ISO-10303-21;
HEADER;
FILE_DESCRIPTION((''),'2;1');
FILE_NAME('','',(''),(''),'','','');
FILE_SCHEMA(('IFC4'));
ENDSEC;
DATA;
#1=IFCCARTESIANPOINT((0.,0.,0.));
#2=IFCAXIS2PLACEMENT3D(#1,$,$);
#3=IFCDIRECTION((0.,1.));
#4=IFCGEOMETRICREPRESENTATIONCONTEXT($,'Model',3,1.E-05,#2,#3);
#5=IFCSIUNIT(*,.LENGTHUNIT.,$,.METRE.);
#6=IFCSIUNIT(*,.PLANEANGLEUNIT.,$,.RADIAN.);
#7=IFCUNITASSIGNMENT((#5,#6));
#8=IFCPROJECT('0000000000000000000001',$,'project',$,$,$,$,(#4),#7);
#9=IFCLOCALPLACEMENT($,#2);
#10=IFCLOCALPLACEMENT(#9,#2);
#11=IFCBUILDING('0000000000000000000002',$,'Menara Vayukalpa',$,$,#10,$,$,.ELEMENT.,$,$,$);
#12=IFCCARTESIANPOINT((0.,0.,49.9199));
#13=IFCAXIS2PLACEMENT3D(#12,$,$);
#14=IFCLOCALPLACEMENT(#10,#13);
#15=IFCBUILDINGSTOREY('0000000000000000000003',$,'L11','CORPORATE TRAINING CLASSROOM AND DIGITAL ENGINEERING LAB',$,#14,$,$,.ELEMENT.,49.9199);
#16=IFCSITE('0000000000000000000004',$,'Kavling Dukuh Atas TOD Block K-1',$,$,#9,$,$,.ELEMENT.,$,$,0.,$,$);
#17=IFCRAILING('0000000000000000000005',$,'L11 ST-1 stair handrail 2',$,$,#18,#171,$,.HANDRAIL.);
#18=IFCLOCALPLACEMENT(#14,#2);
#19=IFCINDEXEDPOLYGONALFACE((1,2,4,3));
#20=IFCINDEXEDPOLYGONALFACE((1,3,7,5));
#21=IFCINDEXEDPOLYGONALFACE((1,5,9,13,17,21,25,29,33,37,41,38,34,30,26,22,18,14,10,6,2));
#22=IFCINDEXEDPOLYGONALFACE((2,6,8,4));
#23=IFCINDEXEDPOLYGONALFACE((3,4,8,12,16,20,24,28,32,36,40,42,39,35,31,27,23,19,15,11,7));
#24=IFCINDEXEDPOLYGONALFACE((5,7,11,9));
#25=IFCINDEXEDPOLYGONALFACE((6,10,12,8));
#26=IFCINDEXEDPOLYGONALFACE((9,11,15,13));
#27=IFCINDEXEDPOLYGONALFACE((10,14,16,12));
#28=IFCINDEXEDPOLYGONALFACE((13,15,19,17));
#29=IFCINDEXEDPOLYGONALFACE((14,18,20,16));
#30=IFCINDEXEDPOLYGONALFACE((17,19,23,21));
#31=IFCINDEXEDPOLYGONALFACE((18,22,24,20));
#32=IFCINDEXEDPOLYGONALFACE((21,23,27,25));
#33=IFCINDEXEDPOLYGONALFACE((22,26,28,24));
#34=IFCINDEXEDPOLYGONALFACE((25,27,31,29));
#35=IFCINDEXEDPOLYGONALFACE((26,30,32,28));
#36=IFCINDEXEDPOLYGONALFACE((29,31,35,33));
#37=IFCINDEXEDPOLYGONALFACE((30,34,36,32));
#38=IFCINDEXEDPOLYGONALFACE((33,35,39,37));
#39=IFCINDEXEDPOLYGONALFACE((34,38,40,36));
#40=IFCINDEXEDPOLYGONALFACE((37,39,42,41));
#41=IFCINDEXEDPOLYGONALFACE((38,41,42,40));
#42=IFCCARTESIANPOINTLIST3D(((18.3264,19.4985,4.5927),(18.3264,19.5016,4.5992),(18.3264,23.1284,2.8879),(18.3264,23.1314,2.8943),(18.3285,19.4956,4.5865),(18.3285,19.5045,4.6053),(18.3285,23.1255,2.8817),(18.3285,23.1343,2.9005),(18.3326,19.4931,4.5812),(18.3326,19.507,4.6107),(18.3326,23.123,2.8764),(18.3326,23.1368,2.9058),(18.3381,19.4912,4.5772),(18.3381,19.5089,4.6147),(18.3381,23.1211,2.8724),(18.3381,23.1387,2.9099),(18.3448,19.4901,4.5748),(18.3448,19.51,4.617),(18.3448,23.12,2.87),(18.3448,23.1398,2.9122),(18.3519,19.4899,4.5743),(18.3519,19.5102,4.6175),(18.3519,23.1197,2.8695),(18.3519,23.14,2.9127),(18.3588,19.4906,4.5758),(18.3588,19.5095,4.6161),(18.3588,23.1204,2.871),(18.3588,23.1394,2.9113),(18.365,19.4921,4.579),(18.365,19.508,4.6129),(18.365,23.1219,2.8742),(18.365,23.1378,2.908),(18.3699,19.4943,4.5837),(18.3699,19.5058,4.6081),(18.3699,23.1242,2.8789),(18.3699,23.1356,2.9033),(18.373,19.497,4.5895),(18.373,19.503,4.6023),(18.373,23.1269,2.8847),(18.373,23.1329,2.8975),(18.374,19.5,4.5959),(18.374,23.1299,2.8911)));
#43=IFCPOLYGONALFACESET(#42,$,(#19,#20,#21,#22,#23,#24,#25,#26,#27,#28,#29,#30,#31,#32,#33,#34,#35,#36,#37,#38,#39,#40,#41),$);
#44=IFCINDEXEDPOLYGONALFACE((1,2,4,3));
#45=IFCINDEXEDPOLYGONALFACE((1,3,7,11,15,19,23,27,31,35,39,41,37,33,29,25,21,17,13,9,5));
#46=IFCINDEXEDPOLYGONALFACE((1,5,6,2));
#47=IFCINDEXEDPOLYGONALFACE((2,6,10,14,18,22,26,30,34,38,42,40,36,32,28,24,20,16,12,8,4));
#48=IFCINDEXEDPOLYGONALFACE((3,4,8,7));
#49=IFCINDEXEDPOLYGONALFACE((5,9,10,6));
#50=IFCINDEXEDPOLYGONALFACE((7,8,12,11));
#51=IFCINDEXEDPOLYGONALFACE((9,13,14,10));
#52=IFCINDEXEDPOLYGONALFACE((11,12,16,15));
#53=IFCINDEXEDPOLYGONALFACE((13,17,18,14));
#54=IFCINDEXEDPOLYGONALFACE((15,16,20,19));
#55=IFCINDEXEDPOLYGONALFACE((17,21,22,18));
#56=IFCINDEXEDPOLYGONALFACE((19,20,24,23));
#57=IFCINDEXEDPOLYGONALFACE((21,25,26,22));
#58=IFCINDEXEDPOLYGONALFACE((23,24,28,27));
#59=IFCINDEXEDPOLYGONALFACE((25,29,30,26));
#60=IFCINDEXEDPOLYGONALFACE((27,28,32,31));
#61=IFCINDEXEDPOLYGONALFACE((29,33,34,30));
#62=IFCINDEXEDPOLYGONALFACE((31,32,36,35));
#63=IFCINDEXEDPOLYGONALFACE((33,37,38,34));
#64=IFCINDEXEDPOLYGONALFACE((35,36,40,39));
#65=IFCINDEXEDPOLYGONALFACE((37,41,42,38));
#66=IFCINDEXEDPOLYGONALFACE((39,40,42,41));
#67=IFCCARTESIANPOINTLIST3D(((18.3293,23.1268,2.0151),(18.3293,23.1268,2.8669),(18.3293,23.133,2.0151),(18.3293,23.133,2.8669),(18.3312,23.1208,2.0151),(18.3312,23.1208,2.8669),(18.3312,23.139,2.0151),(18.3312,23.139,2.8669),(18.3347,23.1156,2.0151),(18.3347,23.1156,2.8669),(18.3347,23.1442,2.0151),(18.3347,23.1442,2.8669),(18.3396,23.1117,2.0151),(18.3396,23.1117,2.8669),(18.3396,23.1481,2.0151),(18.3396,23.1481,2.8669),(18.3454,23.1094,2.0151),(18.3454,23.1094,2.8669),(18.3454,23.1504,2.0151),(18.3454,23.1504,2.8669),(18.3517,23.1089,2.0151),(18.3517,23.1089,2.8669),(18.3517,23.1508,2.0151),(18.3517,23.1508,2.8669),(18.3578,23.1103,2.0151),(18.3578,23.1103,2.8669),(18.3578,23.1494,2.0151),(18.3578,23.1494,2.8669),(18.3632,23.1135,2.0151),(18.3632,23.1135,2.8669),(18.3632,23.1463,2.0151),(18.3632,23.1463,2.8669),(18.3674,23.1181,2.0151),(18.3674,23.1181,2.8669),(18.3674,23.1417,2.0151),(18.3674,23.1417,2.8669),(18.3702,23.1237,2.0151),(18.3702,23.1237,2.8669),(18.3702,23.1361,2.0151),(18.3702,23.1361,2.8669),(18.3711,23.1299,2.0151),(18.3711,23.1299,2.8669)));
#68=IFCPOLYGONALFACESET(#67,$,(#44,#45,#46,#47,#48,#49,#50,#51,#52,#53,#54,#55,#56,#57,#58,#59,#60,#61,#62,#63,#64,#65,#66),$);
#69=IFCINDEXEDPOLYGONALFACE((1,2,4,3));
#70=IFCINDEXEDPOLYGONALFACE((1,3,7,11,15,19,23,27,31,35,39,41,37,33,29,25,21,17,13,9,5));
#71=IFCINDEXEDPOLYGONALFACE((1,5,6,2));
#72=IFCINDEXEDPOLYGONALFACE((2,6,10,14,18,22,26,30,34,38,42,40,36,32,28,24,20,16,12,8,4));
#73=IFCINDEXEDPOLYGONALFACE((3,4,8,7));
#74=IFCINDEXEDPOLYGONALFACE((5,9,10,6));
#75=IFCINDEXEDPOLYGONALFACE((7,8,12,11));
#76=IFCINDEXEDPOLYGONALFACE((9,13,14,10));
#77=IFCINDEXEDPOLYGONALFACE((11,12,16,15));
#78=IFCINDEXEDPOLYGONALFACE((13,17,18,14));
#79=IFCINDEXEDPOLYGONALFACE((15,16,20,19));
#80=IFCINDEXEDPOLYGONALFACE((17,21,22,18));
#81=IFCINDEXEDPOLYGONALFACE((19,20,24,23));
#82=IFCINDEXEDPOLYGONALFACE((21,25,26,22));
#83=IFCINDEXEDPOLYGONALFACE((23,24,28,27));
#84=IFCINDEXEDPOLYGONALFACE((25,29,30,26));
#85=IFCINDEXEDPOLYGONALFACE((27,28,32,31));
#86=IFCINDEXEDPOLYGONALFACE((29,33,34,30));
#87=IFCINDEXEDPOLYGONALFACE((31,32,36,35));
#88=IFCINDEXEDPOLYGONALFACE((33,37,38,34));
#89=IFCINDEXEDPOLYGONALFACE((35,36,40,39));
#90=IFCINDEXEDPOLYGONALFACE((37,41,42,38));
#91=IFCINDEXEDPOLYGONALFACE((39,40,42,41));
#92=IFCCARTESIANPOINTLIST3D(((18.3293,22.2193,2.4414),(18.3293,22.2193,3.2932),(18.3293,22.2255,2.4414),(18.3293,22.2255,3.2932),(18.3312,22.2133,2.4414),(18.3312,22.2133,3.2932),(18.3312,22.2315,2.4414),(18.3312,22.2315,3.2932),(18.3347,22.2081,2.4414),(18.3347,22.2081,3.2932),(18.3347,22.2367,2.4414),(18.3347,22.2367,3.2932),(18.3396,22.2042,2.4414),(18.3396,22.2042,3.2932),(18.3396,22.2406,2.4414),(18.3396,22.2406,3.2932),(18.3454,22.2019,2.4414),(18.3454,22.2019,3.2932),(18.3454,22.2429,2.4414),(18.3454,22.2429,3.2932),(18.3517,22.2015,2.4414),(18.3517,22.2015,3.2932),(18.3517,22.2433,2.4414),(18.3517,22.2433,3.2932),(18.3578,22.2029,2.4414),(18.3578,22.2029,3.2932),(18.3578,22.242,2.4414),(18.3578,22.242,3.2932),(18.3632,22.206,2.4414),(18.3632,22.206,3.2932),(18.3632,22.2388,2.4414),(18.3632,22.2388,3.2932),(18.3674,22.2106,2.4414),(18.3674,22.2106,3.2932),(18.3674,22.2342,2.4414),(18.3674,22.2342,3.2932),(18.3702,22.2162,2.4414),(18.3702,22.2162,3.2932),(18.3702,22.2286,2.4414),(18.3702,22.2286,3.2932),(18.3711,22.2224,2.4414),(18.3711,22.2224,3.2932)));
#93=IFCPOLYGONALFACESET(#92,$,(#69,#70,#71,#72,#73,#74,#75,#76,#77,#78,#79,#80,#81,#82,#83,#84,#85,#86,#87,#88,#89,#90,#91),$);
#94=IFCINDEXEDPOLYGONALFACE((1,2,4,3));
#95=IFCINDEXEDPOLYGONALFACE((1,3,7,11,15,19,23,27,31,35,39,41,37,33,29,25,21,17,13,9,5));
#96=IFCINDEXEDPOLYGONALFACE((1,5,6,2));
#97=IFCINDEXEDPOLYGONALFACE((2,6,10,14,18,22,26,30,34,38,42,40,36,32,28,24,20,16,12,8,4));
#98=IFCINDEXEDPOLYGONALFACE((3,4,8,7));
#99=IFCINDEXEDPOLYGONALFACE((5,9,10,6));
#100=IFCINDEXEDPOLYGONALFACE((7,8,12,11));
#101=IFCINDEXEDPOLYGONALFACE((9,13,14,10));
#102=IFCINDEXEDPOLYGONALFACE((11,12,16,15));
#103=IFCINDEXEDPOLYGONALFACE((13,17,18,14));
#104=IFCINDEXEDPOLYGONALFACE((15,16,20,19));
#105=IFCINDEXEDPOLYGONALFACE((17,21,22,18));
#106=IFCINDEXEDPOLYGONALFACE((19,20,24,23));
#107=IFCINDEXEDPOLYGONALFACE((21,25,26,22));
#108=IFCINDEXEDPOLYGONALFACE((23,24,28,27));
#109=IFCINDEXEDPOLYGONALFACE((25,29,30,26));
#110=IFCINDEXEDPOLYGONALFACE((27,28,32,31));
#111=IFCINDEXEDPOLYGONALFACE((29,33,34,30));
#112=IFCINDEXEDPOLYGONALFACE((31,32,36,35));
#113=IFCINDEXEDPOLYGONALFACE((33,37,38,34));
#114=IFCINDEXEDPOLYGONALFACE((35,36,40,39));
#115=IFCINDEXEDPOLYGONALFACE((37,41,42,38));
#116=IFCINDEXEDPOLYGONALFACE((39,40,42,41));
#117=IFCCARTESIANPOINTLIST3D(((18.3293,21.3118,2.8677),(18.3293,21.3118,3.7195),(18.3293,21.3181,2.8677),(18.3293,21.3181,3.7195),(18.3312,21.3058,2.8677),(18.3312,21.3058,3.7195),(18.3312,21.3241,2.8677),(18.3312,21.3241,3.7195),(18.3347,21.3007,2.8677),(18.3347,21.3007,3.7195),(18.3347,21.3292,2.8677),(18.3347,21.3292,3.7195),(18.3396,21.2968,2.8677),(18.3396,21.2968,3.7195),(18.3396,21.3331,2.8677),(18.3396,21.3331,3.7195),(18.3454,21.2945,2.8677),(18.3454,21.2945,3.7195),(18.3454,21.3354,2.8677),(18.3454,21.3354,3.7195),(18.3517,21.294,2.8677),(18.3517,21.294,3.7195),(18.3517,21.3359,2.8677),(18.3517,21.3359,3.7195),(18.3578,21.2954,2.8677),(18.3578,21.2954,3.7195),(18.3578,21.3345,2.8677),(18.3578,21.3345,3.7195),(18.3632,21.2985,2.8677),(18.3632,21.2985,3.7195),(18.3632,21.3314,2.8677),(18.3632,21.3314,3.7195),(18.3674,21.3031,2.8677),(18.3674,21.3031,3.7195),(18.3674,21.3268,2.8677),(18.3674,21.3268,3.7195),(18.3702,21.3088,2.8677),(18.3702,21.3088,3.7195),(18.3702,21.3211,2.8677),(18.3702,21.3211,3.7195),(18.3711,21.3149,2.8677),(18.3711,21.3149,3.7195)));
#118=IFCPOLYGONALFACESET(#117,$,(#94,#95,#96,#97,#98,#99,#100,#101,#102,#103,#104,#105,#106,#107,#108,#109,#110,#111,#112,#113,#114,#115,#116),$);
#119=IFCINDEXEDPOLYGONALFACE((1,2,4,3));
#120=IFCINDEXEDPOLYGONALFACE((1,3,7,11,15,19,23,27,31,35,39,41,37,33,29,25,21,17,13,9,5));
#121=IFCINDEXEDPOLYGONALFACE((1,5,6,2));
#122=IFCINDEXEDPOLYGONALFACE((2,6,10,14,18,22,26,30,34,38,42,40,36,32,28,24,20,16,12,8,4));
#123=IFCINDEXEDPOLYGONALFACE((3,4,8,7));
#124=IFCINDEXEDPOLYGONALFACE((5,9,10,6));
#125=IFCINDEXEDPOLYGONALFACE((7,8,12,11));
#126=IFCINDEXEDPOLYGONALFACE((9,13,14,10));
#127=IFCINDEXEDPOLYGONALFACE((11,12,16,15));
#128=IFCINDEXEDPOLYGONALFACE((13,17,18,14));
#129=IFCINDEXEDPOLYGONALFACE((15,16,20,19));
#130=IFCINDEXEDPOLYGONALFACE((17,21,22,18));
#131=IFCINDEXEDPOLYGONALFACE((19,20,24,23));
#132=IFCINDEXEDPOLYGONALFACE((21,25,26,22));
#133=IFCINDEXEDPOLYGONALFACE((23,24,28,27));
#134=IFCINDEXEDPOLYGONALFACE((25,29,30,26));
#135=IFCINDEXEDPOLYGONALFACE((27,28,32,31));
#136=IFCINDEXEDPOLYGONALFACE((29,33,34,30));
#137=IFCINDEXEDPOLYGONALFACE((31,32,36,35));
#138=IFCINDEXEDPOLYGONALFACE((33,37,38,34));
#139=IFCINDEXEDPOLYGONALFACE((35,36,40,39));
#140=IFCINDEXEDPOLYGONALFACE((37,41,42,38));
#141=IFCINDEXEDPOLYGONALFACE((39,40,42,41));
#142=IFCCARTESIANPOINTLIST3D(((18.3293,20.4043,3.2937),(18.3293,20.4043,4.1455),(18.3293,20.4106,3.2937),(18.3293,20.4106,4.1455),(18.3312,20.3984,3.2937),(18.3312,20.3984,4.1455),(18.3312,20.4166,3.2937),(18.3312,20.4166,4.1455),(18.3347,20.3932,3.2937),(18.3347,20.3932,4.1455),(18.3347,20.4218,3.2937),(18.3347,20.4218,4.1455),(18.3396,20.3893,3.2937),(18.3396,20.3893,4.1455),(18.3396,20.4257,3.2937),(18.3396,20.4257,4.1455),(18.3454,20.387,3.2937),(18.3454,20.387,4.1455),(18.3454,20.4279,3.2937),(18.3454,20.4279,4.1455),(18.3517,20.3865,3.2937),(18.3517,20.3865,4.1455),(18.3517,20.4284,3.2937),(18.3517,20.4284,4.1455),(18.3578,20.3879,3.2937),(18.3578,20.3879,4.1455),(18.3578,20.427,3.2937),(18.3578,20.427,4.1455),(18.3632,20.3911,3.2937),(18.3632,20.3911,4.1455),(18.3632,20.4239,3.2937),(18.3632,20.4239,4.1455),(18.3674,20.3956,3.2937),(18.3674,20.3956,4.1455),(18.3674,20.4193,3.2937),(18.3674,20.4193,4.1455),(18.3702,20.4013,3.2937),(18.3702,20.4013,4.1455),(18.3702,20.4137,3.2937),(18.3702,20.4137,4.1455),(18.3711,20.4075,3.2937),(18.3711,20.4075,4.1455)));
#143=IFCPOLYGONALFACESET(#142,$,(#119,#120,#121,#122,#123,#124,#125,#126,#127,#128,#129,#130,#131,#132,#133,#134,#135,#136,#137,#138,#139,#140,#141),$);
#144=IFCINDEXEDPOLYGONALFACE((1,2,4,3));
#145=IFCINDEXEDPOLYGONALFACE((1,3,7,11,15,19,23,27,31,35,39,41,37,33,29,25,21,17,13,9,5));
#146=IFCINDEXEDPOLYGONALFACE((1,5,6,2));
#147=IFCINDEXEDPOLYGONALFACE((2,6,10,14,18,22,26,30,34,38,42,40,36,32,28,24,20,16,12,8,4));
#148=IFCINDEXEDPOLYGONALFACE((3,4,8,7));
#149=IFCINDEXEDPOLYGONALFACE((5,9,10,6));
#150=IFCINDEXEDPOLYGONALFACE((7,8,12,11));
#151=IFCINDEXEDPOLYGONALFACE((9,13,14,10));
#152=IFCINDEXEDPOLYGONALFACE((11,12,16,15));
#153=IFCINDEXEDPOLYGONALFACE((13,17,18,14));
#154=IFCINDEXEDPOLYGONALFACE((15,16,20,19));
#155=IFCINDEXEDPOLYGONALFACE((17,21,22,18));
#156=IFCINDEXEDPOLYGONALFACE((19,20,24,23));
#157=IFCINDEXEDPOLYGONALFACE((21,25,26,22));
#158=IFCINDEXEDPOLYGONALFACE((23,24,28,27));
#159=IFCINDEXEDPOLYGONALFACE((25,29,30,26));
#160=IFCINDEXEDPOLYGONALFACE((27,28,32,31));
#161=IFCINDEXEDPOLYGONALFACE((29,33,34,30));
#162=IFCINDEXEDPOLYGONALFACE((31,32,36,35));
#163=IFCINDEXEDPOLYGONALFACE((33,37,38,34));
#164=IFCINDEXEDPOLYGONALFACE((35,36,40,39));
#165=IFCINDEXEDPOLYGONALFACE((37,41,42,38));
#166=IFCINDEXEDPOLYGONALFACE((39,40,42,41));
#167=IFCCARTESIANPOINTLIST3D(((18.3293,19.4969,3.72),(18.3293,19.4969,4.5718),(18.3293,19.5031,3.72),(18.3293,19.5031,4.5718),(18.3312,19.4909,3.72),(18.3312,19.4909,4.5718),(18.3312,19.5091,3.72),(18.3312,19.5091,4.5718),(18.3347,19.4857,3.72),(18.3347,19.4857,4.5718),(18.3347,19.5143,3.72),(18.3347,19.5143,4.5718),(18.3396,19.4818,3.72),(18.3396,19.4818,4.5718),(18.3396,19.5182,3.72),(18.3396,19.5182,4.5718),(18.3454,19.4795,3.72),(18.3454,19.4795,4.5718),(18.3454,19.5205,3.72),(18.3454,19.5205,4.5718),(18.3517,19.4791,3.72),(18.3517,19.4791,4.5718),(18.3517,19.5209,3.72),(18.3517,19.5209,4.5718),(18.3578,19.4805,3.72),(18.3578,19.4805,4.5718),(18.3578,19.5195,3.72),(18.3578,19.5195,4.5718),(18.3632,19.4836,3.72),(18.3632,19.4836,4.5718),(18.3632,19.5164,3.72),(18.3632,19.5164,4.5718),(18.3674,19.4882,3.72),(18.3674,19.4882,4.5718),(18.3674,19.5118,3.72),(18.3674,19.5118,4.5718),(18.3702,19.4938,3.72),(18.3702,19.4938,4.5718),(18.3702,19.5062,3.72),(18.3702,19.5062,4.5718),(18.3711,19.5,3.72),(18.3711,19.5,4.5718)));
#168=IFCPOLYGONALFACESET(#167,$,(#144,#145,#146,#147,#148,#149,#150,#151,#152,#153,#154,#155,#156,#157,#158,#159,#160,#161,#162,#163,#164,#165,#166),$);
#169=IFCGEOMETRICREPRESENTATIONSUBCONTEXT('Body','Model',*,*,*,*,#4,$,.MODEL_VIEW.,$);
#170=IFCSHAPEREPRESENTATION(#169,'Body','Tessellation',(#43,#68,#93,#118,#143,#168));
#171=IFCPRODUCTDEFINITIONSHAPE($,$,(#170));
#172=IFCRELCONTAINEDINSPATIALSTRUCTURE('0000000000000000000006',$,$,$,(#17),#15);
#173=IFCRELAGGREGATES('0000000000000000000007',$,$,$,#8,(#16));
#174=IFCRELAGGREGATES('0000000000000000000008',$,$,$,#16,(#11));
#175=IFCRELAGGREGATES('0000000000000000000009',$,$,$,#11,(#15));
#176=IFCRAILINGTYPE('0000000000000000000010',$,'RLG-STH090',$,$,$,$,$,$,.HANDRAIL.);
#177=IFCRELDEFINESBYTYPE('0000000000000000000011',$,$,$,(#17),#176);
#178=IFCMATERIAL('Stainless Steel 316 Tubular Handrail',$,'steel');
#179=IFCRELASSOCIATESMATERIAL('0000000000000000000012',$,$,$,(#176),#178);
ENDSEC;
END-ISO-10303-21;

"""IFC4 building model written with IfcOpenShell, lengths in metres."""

from ifc_helpers import new_model, si_unit, direction, frame, origin, origin_2d, place, context, subcontext, project, spatial, circle, extrude, material, type_object, element, save


model = new_model("IFC4")

# Units and contexts
model_context = context("Model", 3, precision=1e-05, world=origin(), true_north=direction((0.0, 1.0)))
body_context = subcontext(model_context, "Body", "Model", "MODEL_VIEW")
ifc_project = project(units=[si_unit("LENGTHUNIT", "METRE"), si_unit("PLANEANGLEUNIT", "RADIAN")], contexts=[model_context])

# Site, building, storey
site_placement = place(None, origin())
site = spatial("IfcSite", under=ifc_project, at=site_placement, Name="Kavling Dukuh Atas TOD Block K-1", CompositionType="ELEMENT", RefElevation=0.0)
building_placement = place(site_placement, origin())
building = spatial("IfcBuilding", under=site, at=building_placement, Name="Menara Vayukalpa", CompositionType="ELEMENT")
storey_placement = place(building_placement, frame((0.0, 0.0, 49.9199)))
storey = spatial("IfcBuildingStorey", under=building, at=storey_placement, Name="L11", Description="CORPORATE TRAINING CLASSROOM AND DIGITAL ENGINEERING LAB", CompositionType="ELEMENT", Elevation=49.9199)

# Railing
ifc_material_1 = material(Name="Stainless Steel 316 Tubular Handrail", Category="steel")
railing_type_1 = type_object("IfcRailingType", Name="RLG-STH090", PredefinedType="HANDRAIL", material=ifc_material_1)
railing_1_placement = place(storey_placement, frame((18.3501, 23.1299, 2.0151)))
element("IfcRailing", 1, at=railing_1_placement, inside=storey, type_object=railing_type_1, Name="L11 ST-1 stair handrail 2", PredefinedType="HANDRAIL", context=body_context, shape_type="SweptSolid", body=[
    extrude(circle(Radius=0.0239, at=origin_2d()), frame((0.0, 0.0, 0.876), z_axis=(0.0, -0.90514, 0.425114), x_axis=(1.0, 0.0, 0.0)), (0.0, 0.0, 1.0), 4.0103),
    extrude(circle(Radius=0.021, at=origin_2d()), origin(), (0.0, 0.0, 1.0), 0.8518),
    extrude(circle(Radius=0.021, at=origin_2d()), frame((0.0, -0.9075, 0.4263)), (0.0, 0.0, 1.0), 0.8518),
    extrude(circle(Radius=0.021, at=origin_2d()), frame((0.0, -1.8149, 0.8525)), (0.0, 0.0, 1.0), 0.8518),
    extrude(circle(Radius=0.021, at=origin_2d()), frame((0.0, -2.7224, 1.2786)), (0.0, 0.0, 1.0), 0.8518),
    extrude(circle(Radius=0.021, at=origin_2d()), frame((0.0, -3.6299, 1.7048)), (0.0, 0.0, 1.0), 0.8518),
])

save(model, "model.ifc")
